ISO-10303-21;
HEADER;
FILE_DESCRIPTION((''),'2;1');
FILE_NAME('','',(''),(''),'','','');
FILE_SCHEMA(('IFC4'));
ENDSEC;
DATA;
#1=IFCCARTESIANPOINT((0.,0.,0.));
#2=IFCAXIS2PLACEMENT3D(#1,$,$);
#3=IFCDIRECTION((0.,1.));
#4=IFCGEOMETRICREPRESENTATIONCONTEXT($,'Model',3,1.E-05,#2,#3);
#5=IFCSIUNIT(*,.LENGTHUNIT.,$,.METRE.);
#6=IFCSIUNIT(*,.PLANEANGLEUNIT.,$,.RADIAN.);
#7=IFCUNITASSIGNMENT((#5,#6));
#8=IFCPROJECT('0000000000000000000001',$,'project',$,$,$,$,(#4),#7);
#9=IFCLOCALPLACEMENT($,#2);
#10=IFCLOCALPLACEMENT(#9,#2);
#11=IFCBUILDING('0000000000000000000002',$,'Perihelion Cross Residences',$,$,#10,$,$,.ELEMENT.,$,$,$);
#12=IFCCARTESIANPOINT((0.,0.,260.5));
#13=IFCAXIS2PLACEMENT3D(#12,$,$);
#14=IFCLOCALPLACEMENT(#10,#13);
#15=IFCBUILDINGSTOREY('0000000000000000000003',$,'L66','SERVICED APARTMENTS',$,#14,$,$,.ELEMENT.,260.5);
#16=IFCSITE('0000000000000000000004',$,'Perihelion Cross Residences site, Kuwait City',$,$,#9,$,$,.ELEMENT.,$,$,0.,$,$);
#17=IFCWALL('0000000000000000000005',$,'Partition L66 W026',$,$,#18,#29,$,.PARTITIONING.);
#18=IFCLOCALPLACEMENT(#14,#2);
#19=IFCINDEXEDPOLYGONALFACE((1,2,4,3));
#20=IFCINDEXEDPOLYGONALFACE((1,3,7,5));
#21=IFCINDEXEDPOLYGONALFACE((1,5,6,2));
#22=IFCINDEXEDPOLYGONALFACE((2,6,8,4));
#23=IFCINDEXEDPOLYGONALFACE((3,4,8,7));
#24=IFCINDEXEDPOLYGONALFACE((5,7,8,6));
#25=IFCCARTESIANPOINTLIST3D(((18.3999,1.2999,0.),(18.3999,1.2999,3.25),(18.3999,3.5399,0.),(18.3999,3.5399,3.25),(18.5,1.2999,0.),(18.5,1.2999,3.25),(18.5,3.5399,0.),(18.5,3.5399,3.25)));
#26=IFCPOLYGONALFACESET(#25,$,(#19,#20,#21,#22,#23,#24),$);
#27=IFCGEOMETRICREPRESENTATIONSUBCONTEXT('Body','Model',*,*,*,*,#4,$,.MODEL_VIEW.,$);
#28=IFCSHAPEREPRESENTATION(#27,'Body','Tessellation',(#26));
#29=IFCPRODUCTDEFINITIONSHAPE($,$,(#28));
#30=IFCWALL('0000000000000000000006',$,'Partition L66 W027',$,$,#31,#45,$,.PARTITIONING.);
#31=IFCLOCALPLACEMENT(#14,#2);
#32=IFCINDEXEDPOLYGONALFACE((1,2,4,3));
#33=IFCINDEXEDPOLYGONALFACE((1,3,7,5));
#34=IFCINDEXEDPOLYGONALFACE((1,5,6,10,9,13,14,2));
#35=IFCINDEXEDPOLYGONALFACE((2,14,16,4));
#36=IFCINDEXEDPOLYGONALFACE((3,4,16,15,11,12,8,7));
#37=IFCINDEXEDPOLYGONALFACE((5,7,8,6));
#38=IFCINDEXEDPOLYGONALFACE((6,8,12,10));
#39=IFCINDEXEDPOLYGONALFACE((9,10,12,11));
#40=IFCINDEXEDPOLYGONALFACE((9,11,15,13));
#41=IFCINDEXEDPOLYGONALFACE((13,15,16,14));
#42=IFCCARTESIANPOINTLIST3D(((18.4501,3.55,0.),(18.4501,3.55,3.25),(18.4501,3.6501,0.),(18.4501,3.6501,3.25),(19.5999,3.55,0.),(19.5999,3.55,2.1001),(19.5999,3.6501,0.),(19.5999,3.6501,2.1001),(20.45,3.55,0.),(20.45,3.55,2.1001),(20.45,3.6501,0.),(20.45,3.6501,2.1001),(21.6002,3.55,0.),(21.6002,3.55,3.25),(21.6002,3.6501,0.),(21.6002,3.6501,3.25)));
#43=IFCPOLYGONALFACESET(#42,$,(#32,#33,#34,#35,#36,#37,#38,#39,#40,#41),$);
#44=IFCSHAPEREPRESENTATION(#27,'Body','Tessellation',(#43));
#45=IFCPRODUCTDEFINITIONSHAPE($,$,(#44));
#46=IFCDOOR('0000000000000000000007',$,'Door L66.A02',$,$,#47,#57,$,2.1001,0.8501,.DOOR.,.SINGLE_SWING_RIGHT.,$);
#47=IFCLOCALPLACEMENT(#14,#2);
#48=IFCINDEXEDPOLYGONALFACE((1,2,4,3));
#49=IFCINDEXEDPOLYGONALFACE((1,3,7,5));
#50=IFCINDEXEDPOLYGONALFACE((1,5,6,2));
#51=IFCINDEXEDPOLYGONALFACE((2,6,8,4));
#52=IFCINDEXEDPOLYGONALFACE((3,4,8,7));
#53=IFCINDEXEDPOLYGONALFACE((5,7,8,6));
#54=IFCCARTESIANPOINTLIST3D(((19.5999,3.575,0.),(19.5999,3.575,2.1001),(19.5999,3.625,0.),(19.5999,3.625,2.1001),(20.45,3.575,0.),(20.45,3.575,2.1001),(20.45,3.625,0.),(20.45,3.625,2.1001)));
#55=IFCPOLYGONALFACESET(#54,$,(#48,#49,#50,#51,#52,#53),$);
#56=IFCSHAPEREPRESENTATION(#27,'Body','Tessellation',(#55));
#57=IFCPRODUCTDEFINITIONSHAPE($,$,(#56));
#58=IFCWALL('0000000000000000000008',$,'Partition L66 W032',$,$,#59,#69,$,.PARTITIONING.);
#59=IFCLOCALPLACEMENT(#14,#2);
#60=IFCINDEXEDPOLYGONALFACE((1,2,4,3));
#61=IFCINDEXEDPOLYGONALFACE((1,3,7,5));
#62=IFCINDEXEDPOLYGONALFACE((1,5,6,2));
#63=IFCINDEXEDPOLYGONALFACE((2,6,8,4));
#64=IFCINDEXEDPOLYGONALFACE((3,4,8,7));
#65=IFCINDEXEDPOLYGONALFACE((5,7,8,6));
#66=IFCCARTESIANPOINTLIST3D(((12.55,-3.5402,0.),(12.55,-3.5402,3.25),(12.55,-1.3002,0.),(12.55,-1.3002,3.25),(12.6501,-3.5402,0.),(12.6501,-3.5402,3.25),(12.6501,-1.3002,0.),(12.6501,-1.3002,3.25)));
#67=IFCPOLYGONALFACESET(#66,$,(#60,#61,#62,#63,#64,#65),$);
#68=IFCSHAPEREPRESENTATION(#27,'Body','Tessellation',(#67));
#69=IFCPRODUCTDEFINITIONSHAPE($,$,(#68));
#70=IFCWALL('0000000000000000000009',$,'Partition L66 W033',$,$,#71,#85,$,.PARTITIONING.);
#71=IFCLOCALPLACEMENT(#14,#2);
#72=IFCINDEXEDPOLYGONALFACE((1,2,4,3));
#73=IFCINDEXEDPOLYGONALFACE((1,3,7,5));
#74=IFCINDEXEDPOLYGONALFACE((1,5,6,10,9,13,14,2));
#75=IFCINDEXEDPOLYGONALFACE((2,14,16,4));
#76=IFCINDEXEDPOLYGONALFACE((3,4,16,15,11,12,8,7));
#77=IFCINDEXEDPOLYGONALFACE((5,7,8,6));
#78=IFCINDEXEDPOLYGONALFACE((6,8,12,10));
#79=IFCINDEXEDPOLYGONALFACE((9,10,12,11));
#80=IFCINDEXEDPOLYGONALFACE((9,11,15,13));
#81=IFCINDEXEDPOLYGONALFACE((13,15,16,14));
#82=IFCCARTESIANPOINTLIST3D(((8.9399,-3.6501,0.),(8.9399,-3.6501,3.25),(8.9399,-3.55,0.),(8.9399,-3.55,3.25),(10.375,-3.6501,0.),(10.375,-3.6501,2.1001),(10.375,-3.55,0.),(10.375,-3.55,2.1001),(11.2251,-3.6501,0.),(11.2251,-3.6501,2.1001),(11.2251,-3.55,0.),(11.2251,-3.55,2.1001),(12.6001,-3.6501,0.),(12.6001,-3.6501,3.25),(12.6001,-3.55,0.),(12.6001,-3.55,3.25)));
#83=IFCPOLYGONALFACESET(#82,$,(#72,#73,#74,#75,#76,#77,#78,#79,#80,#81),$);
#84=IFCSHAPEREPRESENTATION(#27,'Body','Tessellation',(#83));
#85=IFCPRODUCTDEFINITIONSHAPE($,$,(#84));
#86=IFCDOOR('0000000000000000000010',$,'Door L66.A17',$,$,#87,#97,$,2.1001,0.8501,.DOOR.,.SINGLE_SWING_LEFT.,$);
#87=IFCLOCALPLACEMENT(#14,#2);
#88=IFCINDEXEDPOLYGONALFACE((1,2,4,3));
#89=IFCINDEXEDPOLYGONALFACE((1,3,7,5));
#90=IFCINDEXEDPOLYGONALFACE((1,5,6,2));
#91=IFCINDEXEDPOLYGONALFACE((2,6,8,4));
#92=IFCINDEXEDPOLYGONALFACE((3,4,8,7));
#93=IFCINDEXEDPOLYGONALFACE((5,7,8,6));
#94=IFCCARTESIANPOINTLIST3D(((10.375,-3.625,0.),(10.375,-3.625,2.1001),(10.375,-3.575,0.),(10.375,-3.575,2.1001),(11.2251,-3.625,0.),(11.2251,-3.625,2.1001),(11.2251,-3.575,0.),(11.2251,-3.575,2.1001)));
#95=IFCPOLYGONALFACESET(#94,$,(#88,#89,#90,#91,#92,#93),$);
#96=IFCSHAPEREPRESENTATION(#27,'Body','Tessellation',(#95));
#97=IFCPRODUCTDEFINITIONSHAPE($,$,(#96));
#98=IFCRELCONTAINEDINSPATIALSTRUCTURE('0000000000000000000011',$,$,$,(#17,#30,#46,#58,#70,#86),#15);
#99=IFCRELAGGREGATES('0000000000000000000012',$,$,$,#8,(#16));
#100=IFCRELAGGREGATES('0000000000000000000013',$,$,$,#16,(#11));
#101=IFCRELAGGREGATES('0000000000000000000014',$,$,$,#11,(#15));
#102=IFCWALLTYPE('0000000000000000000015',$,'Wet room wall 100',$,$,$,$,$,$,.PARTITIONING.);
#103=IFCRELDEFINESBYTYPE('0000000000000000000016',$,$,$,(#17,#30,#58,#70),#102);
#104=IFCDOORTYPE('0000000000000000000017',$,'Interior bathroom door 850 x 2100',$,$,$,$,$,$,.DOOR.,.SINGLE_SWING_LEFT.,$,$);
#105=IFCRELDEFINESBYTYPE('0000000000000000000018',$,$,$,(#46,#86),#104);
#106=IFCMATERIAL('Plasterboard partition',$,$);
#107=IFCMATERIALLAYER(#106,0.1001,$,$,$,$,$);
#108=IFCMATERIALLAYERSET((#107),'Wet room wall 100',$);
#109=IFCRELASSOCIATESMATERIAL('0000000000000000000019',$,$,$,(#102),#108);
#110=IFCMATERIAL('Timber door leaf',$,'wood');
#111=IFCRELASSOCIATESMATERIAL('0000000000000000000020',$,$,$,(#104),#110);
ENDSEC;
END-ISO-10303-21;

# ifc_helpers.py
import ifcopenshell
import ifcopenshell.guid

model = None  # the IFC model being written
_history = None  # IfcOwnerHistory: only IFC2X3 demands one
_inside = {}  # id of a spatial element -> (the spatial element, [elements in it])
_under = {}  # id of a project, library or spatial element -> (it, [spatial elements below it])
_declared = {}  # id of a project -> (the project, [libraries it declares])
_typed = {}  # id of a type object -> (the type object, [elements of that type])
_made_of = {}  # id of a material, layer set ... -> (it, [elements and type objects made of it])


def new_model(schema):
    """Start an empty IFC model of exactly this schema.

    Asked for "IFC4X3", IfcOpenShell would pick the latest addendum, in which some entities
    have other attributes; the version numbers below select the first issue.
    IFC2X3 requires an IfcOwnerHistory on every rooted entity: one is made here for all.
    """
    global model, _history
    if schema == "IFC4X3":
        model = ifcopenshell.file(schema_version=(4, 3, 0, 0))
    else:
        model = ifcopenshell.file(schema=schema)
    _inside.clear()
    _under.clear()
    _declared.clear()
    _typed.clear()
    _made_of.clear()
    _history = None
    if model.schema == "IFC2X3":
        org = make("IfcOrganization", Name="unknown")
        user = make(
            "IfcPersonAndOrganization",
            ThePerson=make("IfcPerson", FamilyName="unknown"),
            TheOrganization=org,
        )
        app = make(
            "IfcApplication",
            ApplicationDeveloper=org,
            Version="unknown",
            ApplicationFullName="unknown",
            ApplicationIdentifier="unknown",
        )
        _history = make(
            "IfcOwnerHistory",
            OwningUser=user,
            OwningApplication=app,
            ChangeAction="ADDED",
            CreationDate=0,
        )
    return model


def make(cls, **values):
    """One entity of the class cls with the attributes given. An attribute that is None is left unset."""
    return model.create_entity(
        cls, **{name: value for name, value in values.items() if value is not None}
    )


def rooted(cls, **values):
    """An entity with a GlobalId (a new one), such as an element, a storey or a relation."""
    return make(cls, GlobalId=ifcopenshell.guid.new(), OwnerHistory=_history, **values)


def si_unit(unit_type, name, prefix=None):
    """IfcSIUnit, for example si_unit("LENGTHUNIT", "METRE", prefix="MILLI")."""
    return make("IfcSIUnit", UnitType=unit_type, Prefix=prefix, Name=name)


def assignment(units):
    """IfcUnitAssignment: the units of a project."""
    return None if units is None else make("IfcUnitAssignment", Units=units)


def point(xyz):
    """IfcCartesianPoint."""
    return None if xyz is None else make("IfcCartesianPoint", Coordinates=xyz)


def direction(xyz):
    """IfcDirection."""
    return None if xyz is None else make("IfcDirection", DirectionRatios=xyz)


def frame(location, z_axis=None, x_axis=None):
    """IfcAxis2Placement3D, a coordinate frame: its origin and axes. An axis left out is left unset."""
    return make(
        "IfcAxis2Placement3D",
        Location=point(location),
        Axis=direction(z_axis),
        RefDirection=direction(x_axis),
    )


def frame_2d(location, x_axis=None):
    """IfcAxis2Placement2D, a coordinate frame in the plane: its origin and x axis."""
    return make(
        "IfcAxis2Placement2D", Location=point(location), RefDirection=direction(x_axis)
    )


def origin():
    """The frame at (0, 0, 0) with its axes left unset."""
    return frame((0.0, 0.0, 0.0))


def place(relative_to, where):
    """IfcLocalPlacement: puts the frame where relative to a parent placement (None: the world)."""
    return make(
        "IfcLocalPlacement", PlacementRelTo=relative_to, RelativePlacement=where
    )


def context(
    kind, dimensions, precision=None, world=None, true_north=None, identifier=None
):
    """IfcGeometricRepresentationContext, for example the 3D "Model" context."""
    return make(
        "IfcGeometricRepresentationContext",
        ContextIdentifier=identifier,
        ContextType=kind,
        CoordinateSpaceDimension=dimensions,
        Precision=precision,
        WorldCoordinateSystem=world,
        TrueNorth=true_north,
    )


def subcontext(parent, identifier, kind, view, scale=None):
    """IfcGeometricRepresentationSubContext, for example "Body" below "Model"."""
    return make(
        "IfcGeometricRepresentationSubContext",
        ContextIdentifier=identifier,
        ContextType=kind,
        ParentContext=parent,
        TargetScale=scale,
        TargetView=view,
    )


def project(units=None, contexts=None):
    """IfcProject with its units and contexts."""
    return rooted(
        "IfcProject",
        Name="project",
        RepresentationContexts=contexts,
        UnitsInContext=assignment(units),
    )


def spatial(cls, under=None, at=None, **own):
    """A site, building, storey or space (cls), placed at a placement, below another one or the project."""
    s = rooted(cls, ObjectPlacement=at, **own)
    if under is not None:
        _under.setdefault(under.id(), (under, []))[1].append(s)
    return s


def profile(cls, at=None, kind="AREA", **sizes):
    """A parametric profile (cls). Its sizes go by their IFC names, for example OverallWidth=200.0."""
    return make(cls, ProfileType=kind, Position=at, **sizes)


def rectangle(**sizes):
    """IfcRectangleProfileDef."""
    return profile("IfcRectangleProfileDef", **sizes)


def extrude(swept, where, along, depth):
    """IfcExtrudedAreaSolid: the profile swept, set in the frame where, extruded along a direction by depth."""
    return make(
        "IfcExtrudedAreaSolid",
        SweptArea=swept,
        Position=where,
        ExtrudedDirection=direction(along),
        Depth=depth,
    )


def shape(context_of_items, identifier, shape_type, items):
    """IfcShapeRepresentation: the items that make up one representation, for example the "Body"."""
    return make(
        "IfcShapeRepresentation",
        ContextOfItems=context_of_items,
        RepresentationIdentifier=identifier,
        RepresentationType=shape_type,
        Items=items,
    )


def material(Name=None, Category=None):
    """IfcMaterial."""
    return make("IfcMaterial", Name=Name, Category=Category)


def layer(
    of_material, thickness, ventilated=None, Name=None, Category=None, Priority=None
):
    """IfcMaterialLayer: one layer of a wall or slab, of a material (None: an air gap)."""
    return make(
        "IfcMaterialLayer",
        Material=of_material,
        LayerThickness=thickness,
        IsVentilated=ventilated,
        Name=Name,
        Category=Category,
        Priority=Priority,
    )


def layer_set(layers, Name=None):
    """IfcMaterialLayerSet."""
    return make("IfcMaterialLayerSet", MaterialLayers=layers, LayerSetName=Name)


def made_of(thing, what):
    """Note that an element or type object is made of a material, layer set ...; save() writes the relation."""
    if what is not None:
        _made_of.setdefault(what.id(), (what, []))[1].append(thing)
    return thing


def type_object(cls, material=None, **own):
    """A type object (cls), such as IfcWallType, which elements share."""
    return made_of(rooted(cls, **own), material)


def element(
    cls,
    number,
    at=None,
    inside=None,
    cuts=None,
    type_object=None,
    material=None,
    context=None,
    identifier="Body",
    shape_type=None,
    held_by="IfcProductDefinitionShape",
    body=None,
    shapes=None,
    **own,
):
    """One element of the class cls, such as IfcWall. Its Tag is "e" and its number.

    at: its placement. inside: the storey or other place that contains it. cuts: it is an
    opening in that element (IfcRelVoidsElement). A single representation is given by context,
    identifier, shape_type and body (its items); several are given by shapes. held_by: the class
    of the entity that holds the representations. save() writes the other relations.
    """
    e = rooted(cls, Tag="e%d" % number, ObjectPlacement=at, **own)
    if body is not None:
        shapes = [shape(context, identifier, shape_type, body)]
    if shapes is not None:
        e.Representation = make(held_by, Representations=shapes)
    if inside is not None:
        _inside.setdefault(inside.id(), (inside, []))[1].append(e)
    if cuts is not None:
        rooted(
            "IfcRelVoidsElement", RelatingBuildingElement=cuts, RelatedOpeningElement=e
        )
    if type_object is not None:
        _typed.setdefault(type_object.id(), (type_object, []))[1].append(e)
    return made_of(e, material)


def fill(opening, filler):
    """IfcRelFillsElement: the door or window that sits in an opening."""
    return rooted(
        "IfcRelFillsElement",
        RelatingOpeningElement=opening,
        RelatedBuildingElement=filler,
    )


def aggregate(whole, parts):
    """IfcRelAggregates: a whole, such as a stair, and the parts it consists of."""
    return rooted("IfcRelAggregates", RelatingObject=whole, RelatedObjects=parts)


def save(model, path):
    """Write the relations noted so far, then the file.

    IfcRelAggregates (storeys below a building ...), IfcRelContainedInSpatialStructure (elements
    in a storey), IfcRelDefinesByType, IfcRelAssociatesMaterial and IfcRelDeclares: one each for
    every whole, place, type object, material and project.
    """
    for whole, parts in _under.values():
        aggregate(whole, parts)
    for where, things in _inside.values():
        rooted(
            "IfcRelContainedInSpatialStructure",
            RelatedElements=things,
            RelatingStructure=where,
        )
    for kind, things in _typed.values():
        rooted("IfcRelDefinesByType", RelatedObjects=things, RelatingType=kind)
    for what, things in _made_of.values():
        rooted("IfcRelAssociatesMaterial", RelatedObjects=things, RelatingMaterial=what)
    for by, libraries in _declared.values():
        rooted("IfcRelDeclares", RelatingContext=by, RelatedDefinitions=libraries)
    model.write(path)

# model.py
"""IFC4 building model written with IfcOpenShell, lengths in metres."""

from ifc_helpers import new_model, si_unit, direction, frame, frame_2d, origin, place, context, subcontext, project, spatial, rectangle, extrude, material, layer, layer_set, type_object, element, fill, save


model = new_model("IFC4")

# Units and contexts
model_context = context("Model", 3, precision=1e-05, world=origin(), true_north=direction((0.0, 1.0)))
body_context = subcontext(model_context, "Body", "Model", "MODEL_VIEW")
ifc_project = project(units=[si_unit("LENGTHUNIT", "METRE"), si_unit("PLANEANGLEUNIT", "RADIAN")], contexts=[model_context])

# Site, building, storey
site_placement = place(None, origin())
site = spatial("IfcSite", under=ifc_project, at=site_placement, Name="Perihelion Cross Residences site, Kuwait City", CompositionType="ELEMENT", RefElevation=0.0)
building_placement = place(site_placement, origin())
building = spatial("IfcBuilding", under=site, at=building_placement, Name="Perihelion Cross Residences", CompositionType="ELEMENT")
storey_placement = place(building_placement, frame((0.0, 0.0, 260.5)))
storey = spatial("IfcBuildingStorey", under=building, at=storey_placement, Name="L66", Description="SERVICED APARTMENTS", CompositionType="ELEMENT", Elevation=260.5)

# Wall
ifc_material_1 = material(Name="Plasterboard partition")
ifc_layer_1 = layer(ifc_material_1, 0.1001)
ifc_layer_set_1 = layer_set([ifc_layer_1], Name="Wet room wall 100")
wall_type_1 = type_object("IfcWallType", Name="Wet room wall 100", PredefinedType="PARTITIONING", material=ifc_layer_set_1)
wall_1_placement = place(storey_placement, frame((18.45, 3.54, 0.0), z_axis=(0.0, 0.0, 1.0), x_axis=(0.0, -1.0, 0.0)))
element("IfcWall", 1, at=wall_1_placement, inside=storey, type_object=wall_type_1, Name="Partition L66 W026", PredefinedType="PARTITIONING", context=body_context, shape_type="SweptSolid", body=[
    extrude(rectangle(XDim=2.24, YDim=0.1001, at=frame_2d((1.1201, 0.0))), origin(), (0.0, 0.0, 1.0), 3.25),
])

# Wall, opening, door
wall_2_placement = place(storey_placement, frame((18.45, 3.6001, 0.0), z_axis=(0.0, 0.0, 1.0), x_axis=(1.0, 0.0, 0.0)))
wall_2 = element("IfcWall", 2, at=wall_2_placement, inside=storey, type_object=wall_type_1, Name="Partition L66 W027", PredefinedType="PARTITIONING", context=body_context, shape_type="SweptSolid", body=[
    extrude(rectangle(XDim=3.1501, YDim=0.1001, at=frame_2d((1.5752, 0.0))), origin(), (0.0, 0.0, 1.0), 3.25),
])
opening_1_placement = place(wall_2_placement, frame((1.1499, 0.0, 0.0)))
opening_1 = element("IfcOpeningElement", 3, at=opening_1_placement, cuts=wall_2, PredefinedType="OPENING", context=body_context, shape_type="SweptSolid", body=[
    extrude(rectangle(XDim=0.8501, YDim=2.1001, at=frame_2d((0.425, 1.05))), frame((0.0, 0.0601, 0.0), z_axis=(0.0, -1.0, 0.0), x_axis=(1.0, 0.0, 0.0)), (0.0, 0.0, 1.0), 0.1201),
])
ifc_material_2 = material(Name="Timber door leaf", Category="wood")
door_type_1 = type_object("IfcDoorType", Name="Interior bathroom door 850 x 2100", OperationType="SINGLE_SWING_LEFT", PredefinedType="DOOR", material=ifc_material_2)
door_1_placement = place(opening_1_placement, origin())
door_1 = element("IfcDoor", 4, at=door_1_placement, inside=storey, type_object=door_type_1, Name="Door L66.A02", OperationType="SINGLE_SWING_RIGHT", OverallHeight=2.1001, OverallWidth=0.8501, PredefinedType="DOOR", context=body_context, shape_type="SweptSolid", body=[
    extrude(rectangle(XDim=0.8501, YDim=2.1001, at=frame_2d((0.425, 1.05))), frame((0.0, 0.0249, 0.0), z_axis=(0.0, -1.0, 0.0), x_axis=(1.0, 0.0, 0.0)), (0.0, 0.0, 1.0), 0.05),
])
fill(opening_1, door_1)

# Wall
wall_3_placement = place(storey_placement, frame((12.6001, -1.3, 0.0), z_axis=(0.0, 0.0, 1.0), x_axis=(0.0, -1.0, 0.0)))
element("IfcWall", 5, at=wall_3_placement, inside=storey, type_object=wall_type_1, Name="Partition L66 W032", PredefinedType="PARTITIONING", context=body_context, shape_type="SweptSolid", body=[
    extrude(rectangle(XDim=2.24, YDim=0.1001, at=frame_2d((1.1201, 0.0))), origin(), (0.0, 0.0, 1.0), 3.25),
])

# Wall, opening, door
wall_4_placement = place(storey_placement, frame((12.6001, -3.6001, 0.0), z_axis=(0.0, 0.0, 1.0), x_axis=(-1.0, 0.0, 0.0)))
wall_4 = element("IfcWall", 6, at=wall_4_placement, inside=storey, type_object=wall_type_1, Name="Partition L66 W033", PredefinedType="PARTITIONING", context=body_context, shape_type="SweptSolid", body=[
    extrude(rectangle(XDim=3.6602, YDim=0.1001, at=frame_2d((1.8301, 0.0))), origin(), (0.0, 0.0, 1.0), 3.25),
])
opening_2_placement = place(wall_4_placement, frame((1.375, 0.0, 0.0)))
opening_2 = element("IfcOpeningElement", 7, at=opening_2_placement, cuts=wall_4, PredefinedType="OPENING", context=body_context, shape_type="SweptSolid", body=[
    extrude(rectangle(XDim=0.8501, YDim=2.1001, at=frame_2d((0.425, 1.05))), frame((0.0, 0.0601, 0.0), z_axis=(0.0, -1.0, 0.0), x_axis=(1.0, 0.0, 0.0)), (0.0, 0.0, 1.0), 0.1201),
])
door_2_placement = place(opening_2_placement, origin())
door_2 = element("IfcDoor", 8, at=door_2_placement, inside=storey, type_object=door_type_1, Name="Door L66.A17", OperationType="SINGLE_SWING_LEFT", OverallHeight=2.1001, OverallWidth=0.8501, PredefinedType="DOOR", context=body_context, shape_type="SweptSolid", body=[
    extrude(rectangle(XDim=0.8501, YDim=2.1001, at=frame_2d((0.425, 1.05))), frame((0.0, 0.0249, 0.0), z_axis=(0.0, -1.0, 0.0), x_axis=(1.0, 0.0, 0.0)), (0.0, 0.0, 1.0), 0.05),
])
fill(opening_2, door_2)

save(model, "model.ifc")
